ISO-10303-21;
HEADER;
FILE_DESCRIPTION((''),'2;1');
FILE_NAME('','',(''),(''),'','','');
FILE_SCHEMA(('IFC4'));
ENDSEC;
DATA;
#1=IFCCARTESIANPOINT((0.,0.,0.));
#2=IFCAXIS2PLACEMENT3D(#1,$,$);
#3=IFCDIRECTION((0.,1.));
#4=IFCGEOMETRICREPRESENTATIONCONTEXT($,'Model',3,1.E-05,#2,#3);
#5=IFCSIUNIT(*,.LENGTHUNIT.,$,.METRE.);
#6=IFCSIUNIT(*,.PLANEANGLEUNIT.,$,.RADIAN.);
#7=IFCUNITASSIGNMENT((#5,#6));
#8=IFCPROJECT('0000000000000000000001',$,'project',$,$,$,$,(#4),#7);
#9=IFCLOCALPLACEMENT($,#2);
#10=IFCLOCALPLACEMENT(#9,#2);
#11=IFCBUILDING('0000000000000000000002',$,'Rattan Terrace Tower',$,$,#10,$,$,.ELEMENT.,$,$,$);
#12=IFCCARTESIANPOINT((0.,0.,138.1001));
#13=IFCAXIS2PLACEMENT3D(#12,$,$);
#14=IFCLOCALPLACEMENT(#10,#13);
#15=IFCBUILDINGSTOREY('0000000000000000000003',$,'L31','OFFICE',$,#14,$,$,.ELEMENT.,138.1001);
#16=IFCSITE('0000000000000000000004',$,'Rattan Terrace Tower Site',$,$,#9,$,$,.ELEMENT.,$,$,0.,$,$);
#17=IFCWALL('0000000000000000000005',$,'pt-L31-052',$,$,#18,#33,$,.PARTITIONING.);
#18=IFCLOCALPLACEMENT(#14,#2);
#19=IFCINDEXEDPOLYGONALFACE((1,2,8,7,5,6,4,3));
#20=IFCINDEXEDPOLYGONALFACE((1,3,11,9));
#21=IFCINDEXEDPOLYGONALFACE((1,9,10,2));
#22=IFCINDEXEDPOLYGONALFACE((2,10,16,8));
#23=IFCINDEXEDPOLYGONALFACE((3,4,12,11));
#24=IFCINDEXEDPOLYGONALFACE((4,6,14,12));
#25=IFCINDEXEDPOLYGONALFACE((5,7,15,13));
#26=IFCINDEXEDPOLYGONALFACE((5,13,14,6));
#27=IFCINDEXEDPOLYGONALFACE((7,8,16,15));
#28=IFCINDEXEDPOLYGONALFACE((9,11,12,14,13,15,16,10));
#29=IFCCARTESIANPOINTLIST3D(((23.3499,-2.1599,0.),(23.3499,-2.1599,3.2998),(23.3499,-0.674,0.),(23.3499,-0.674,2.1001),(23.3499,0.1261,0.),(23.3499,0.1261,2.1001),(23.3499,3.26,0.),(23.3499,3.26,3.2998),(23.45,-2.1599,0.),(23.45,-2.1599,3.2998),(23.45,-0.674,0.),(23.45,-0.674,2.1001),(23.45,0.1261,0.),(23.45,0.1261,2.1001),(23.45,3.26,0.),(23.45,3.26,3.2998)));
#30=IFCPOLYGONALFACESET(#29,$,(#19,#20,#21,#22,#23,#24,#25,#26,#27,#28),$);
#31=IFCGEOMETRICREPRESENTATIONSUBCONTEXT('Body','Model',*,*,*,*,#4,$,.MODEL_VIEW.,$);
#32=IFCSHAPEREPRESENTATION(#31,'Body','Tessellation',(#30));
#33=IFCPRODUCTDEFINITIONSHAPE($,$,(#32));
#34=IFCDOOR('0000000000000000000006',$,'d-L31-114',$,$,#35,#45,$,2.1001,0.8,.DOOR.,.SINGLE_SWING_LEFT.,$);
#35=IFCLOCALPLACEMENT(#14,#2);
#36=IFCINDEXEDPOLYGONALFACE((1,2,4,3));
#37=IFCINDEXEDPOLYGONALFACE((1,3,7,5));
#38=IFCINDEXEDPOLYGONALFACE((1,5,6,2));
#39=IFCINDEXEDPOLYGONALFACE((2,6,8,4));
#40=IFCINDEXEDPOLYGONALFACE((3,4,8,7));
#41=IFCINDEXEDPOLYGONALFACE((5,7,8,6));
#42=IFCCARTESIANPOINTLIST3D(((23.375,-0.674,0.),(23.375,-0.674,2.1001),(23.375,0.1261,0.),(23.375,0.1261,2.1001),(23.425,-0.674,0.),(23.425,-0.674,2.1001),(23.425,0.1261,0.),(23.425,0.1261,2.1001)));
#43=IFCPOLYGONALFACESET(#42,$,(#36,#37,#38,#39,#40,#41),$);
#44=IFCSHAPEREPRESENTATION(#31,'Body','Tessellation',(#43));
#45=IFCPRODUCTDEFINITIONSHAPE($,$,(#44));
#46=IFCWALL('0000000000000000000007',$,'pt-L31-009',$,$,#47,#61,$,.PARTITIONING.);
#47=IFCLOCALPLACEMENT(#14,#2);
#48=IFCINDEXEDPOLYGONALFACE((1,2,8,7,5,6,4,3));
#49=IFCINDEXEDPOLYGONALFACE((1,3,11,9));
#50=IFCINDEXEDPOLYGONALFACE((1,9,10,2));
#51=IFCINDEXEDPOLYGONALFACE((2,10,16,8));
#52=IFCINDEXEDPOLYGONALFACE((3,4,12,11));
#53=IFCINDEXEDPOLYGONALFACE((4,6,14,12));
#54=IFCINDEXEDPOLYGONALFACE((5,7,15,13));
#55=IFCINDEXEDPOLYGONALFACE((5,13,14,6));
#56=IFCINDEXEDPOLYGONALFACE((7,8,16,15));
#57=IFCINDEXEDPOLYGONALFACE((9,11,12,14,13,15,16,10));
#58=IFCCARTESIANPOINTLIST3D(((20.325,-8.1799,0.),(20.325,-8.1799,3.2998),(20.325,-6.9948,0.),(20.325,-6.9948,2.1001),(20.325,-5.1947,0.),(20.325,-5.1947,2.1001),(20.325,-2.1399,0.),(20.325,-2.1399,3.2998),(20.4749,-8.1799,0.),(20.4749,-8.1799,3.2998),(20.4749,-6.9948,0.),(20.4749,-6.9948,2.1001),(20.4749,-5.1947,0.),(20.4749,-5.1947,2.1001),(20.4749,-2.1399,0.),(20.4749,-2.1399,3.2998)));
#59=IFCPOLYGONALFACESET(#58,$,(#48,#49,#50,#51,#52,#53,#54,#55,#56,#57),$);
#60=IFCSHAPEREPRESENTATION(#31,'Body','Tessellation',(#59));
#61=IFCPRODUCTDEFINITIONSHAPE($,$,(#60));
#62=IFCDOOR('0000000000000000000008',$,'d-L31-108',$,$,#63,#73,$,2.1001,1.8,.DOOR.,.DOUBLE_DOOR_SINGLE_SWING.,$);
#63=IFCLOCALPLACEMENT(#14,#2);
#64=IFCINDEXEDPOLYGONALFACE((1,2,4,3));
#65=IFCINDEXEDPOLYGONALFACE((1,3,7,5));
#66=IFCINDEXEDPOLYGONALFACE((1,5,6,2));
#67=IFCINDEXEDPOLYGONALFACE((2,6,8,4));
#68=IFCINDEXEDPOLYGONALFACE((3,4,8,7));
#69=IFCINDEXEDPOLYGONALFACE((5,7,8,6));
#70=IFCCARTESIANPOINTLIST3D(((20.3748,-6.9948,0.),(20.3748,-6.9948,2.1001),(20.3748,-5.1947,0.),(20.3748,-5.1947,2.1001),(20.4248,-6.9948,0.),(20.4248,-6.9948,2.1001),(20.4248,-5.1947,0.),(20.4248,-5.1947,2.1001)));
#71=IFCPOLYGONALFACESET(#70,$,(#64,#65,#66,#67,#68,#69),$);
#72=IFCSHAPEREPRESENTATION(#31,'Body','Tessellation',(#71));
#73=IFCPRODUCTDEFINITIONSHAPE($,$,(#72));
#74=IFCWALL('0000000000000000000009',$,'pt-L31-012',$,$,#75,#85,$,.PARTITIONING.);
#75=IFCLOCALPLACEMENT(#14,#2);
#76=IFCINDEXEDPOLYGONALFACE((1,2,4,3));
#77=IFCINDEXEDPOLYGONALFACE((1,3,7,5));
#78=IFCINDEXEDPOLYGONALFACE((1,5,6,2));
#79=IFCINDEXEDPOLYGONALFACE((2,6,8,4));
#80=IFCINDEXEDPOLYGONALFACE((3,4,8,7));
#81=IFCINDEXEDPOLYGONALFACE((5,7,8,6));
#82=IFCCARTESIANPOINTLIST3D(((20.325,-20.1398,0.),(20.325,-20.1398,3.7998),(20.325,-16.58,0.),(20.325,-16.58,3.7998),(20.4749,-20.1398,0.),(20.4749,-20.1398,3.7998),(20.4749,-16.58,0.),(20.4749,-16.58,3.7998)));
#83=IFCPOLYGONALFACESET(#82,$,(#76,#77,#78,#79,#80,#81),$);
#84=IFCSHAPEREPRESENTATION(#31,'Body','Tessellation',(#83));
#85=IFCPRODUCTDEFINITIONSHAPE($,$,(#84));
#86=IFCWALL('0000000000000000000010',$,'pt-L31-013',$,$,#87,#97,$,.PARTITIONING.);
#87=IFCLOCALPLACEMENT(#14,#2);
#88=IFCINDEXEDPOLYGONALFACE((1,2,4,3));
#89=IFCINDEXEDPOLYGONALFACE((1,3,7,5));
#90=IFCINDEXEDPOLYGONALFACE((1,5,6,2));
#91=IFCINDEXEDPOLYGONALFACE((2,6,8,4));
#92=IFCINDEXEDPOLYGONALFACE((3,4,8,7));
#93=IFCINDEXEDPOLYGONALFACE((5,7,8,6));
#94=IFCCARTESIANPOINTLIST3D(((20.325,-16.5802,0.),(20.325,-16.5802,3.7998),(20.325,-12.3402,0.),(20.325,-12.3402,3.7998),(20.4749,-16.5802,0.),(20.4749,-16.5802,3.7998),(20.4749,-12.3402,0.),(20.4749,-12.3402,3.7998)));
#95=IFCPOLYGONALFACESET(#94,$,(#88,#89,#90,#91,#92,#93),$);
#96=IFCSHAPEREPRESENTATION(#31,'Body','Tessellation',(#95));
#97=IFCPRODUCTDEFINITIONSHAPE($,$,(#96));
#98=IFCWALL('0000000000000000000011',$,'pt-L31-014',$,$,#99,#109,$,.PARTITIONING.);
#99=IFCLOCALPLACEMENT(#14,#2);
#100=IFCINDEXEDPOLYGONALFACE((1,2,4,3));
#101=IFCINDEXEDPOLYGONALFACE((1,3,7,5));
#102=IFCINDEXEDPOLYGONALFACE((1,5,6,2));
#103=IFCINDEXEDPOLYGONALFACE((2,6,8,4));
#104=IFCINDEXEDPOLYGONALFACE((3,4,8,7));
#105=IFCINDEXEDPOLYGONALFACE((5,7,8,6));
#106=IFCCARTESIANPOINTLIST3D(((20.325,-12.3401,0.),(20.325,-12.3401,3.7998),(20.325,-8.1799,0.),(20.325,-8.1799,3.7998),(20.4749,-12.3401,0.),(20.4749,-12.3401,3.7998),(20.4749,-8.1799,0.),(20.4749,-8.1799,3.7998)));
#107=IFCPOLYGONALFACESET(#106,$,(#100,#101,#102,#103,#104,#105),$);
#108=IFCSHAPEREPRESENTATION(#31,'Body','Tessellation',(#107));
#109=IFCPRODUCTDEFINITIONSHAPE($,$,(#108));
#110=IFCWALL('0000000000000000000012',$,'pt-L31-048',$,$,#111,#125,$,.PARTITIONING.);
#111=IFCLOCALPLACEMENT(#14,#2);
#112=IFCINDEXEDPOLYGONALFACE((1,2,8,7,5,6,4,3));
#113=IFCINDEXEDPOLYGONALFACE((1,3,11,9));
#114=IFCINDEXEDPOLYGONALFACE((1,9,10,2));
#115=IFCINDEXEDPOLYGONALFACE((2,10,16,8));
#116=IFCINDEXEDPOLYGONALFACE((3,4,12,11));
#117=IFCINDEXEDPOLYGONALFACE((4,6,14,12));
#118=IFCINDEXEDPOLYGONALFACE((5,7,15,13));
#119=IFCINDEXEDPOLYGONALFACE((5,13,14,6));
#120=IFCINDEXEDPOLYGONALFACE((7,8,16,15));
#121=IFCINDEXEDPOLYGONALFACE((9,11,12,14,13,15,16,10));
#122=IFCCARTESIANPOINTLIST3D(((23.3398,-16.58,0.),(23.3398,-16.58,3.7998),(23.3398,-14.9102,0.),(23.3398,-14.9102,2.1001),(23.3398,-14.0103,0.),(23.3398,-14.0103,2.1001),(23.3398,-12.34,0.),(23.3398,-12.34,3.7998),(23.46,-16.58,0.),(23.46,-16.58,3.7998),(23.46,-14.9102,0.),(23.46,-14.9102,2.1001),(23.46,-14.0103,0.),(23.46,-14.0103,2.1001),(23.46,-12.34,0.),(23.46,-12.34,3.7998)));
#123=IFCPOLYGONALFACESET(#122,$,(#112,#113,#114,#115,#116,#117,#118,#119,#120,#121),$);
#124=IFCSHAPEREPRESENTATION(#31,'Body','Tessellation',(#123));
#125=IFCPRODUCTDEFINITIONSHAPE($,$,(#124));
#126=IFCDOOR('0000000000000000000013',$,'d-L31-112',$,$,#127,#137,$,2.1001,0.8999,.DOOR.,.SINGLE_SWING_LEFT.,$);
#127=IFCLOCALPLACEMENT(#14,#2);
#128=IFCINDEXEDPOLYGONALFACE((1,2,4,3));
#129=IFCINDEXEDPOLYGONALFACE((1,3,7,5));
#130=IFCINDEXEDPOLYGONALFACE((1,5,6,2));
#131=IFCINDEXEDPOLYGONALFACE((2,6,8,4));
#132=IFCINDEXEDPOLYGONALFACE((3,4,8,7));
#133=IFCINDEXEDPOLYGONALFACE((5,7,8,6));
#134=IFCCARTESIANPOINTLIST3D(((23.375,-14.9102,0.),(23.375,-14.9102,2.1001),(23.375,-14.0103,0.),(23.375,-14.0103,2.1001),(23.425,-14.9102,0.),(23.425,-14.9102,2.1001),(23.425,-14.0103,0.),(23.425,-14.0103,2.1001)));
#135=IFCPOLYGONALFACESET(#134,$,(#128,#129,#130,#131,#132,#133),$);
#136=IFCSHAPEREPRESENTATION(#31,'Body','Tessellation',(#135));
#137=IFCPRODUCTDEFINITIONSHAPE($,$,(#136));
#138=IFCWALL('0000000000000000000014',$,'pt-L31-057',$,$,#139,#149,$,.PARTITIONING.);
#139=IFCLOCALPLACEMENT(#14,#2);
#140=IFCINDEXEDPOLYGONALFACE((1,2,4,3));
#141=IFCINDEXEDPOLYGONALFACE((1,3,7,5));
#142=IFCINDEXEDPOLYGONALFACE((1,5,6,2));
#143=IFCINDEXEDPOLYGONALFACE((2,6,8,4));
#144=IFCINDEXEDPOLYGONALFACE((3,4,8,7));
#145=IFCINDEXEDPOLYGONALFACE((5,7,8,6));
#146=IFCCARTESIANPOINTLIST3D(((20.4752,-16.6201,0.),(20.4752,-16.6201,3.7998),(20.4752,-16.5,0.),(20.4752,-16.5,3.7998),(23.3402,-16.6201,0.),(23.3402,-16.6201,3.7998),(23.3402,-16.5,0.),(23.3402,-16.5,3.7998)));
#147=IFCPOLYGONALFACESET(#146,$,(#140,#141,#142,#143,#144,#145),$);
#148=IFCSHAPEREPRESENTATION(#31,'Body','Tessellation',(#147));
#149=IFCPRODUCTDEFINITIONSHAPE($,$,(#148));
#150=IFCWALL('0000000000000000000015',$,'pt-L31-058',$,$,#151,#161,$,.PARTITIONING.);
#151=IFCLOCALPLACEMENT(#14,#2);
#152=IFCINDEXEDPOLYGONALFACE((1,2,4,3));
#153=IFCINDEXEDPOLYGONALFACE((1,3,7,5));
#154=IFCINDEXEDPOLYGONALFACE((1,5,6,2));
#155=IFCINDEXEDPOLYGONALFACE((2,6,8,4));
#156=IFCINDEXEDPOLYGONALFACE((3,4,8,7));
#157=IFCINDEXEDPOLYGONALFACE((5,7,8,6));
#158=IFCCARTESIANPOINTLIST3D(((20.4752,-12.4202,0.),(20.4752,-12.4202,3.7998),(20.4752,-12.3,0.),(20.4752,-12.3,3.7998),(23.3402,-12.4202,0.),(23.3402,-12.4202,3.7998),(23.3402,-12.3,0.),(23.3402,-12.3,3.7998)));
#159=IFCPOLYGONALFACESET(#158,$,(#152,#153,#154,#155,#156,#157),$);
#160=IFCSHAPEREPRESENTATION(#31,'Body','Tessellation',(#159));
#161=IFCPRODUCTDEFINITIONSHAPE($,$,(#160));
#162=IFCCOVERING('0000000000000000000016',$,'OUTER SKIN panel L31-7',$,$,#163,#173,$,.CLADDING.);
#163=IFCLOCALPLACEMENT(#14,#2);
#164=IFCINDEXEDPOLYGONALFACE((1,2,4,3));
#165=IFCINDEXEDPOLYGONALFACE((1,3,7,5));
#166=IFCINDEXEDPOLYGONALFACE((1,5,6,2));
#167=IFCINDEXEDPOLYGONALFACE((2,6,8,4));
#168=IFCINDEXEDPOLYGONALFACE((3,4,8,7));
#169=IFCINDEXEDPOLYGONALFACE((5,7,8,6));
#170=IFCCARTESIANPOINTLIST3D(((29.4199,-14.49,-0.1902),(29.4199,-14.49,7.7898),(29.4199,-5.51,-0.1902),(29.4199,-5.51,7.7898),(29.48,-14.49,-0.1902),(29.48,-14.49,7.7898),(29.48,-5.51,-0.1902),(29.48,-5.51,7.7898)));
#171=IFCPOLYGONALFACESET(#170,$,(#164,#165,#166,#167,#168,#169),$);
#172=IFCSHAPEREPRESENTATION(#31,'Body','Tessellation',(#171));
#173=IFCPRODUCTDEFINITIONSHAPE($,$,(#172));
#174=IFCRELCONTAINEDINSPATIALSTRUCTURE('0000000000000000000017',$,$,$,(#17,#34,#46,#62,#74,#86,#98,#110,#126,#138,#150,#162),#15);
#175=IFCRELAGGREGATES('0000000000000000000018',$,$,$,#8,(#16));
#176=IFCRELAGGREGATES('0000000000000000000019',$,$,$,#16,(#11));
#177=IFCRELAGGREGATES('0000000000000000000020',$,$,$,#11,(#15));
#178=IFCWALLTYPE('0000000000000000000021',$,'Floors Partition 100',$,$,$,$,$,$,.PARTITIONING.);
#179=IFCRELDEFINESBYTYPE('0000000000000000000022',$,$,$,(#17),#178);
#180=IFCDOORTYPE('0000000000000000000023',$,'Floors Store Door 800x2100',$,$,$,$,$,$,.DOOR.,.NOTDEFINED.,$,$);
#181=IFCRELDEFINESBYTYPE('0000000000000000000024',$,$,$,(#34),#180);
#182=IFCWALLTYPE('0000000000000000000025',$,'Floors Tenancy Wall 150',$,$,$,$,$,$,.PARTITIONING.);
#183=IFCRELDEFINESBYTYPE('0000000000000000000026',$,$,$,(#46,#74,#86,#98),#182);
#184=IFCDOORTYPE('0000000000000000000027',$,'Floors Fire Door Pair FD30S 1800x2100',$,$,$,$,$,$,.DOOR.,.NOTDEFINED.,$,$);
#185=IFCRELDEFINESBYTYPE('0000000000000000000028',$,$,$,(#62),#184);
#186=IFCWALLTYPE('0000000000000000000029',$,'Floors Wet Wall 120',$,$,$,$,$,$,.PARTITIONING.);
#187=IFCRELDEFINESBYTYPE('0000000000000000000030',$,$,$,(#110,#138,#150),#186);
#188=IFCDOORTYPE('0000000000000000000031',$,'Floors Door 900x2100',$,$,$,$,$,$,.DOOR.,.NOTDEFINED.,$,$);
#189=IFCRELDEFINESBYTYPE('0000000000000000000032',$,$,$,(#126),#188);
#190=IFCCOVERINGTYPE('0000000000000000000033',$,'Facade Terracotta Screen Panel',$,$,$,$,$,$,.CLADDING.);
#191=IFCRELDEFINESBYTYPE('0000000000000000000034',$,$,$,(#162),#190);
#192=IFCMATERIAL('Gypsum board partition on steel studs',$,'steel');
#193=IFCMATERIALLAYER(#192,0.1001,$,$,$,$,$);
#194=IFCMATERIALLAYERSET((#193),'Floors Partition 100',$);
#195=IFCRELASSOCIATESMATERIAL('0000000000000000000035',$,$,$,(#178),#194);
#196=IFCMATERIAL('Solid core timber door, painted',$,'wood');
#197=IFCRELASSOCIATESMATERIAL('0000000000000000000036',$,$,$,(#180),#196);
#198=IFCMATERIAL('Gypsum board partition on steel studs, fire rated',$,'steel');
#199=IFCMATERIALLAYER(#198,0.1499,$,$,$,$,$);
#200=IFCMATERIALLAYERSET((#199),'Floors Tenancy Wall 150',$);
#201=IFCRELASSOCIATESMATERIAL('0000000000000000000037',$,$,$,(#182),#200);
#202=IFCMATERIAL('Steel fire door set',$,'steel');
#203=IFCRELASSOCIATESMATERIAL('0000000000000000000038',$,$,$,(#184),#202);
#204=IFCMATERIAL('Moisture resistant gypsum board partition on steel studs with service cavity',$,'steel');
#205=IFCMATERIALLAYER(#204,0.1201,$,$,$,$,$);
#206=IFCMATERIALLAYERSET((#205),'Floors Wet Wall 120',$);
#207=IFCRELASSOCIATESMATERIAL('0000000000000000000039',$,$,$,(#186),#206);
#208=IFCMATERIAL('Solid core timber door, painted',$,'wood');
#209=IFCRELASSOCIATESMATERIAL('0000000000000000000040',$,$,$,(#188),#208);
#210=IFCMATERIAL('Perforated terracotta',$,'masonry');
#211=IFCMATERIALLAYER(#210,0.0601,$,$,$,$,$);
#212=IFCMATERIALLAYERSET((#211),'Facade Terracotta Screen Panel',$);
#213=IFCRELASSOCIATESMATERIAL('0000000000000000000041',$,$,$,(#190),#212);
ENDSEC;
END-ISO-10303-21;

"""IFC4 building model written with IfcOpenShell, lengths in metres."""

from ifc_helpers import new_model, si_unit, direction, frame, frame_2d, origin, origin_2d, place, context, subcontext, project, spatial, rectangle, extrude, material, layer, layer_set, type_object, element, fill, save


model = new_model("IFC4")

# Units and contexts
model_context = context("Model", 3, precision=1e-05, world=origin(), true_north=direction((0.0, 1.0)))
body_context = subcontext(model_context, "Body", "Model", "MODEL_VIEW")
ifc_project = project(units=[si_unit("LENGTHUNIT", "METRE"), si_unit("PLANEANGLEUNIT", "RADIAN")], contexts=[model_context])

# Site, building, storey
site_placement = place(None, origin())
site = spatial("IfcSite", under=ifc_project, at=site_placement, Name="Rattan Terrace Tower Site", CompositionType="ELEMENT", RefElevation=0.0)
building_placement = place(site_placement, origin())
building = spatial("IfcBuilding", under=site, at=building_placement, Name="Rattan Terrace Tower", CompositionType="ELEMENT")
storey_placement = place(building_placement, frame((0.0, 0.0, 138.1001)))
storey = spatial("IfcBuildingStorey", under=building, at=storey_placement, Name="L31", Description="OFFICE", CompositionType="ELEMENT", Elevation=138.1001)

# Shared definitions
ifc_material_1 = material(Name="Gypsum board partition on steel studs", Category="steel")
ifc_layer_1 = layer(ifc_material_1, 0.1001)
ifc_layer_set_1 = layer_set([ifc_layer_1], Name="Floors Partition 100")
wall_type_1 = type_object("IfcWallType", Name="Floors Partition 100", PredefinedType="PARTITIONING", material=ifc_layer_set_1)

# Shared definitions
ifc_material_2 = material(Name="Solid core timber door, painted", Category="wood")
door_type_1 = type_object("IfcDoorType", Name="Floors Store Door 800x2100", OperationType="NOTDEFINED", PredefinedType="DOOR", material=ifc_material_2)

# Walls, openings, doors
wall_1_placement = place(storey_placement, frame((23.3999, -2.1599, 0.0), z_axis=(0.0, 0.0, 1.0), x_axis=(0.0, 1.0, 0.0)))
wall_1 = element("IfcWall", 1, at=wall_1_placement, inside=storey, type_object=wall_type_1, Name="pt-L31-052", PredefinedType="PARTITIONING", context=body_context, shape_type="SweptSolid", body=[
    extrude(rectangle(XDim=5.4199, YDim=0.1001, at=frame_2d((2.71, 0.0))), origin(), (0.0, 0.0, 1.0), 3.2998),
])
opening_1_placement = place(wall_1_placement, frame((1.4861, 0.0, 0.0)))
opening_1 = element("IfcOpeningElement", 2, at=opening_1_placement, cuts=wall_1, PredefinedType="OPENING", context=body_context, shape_type="SweptSolid", body=[
    extrude(rectangle(XDim=0.8, YDim=2.1001, at=frame_2d((0.3999, 1.05))), frame((0.0, 0.0605, 0.0), z_axis=(0.0, -1.0, 0.0), x_axis=(1.0, 0.0, 0.0)), (0.0, 0.0, 1.0), 0.1211),
])
door_1_placement = place(opening_1_placement, origin())
door_1 = element("IfcDoor", 3, at=door_1_placement, inside=storey, type_object=door_type_1, Name="d-L31-114", OperationType="SINGLE_SWING_LEFT", OverallHeight=2.1001, OverallWidth=0.8, PredefinedType="DOOR", context=body_context, shape_type="SweptSolid", body=[
    extrude(rectangle(XDim=0.8, YDim=2.1001, at=frame_2d((0.3999, 1.05))), frame((0.0, 0.0249, 0.0), z_axis=(0.0, -1.0, 0.0), x_axis=(1.0, 0.0, 0.0)), (0.0, 0.0, 1.0), 0.05),
])
fill(opening_1, door_1)
ifc_material_3 = material(Name="Gypsum board partition on steel studs, fire rated", Category="steel")
ifc_layer_2 = layer(ifc_material_3, 0.1499)
ifc_layer_set_2 = layer_set([ifc_layer_2], Name="Floors Tenancy Wall 150")
wall_type_2 = type_object("IfcWallType", Name="Floors Tenancy Wall 150", PredefinedType="PARTITIONING", material=ifc_layer_set_2)
wall_2_placement = place(storey_placement, frame((20.3999, -2.1399, 0.0), z_axis=(0.0, 0.0, 1.0), x_axis=(0.0, -1.0, 0.0)))
wall_2 = element("IfcWall", 4, at=wall_2_placement, inside=storey, type_object=wall_type_2, Name="pt-L31-009", PredefinedType="PARTITIONING", context=body_context, shape_type="SweptSolid", body=[
    extrude(rectangle(XDim=6.04, YDim=0.1499, at=frame_2d((3.02, 0.0))), origin(), (0.0, 0.0, 1.0), 3.2998),
])
opening_2_placement = place(wall_2_placement, frame((3.0549, 0.0, 0.0)))
opening_2 = element("IfcOpeningElement", 5, at=opening_2_placement, cuts=wall_2, PredefinedType="OPENING", context=body_context, shape_type="SweptSolid", body=[
    extrude(rectangle(XDim=1.8, YDim=2.1001, at=frame_2d((0.8999, 1.05))), frame((0.0, 0.0854, 0.0), z_axis=(0.0, -1.0, 0.0), x_axis=(1.0, 0.0, 0.0)), (0.0, 0.0, 1.0), 0.1709),
])
ifc_material_4 = material(Name="Steel fire door set", Category="steel")
door_type_2 = type_object("IfcDoorType", Name="Floors Fire Door Pair FD30S 1800x2100", OperationType="NOTDEFINED", PredefinedType="DOOR", material=ifc_material_4)
door_2_placement = place(opening_2_placement, origin())
door_2 = element("IfcDoor", 6, at=door_2_placement, inside=storey, type_object=door_type_2, Name="d-L31-108", OperationType="DOUBLE_DOOR_SINGLE_SWING", OverallHeight=2.1001, OverallWidth=1.8, PredefinedType="DOOR", context=body_context, shape_type="SweptSolid", body=[
    extrude(rectangle(XDim=1.8, YDim=2.1001, at=frame_2d((0.8999, 1.05))), frame((0.0, 0.0249, 0.0), z_axis=(0.0, -1.0, 0.0), x_axis=(1.0, 0.0, 0.0)), (0.0, 0.0, 1.0), 0.05),
])
fill(opening_2, door_2)

# Walls
wall_3_placement = place(storey_placement, frame((20.3999, -16.5801, 0.0), z_axis=(0.0, 0.0, 1.0), x_axis=(0.0, -1.0, 0.0)))
element("IfcWall", 7, at=wall_3_placement, inside=storey, type_object=wall_type_2, Name="pt-L31-012", PredefinedType="PARTITIONING", context=body_context, shape_type="SweptSolid", body=[
    extrude(rectangle(XDim=3.5598, YDim=0.1499, at=frame_2d((1.7798, 0.0))), origin(), (0.0, 0.0, 1.0), 3.7998),
])
wall_4_placement = place(storey_placement, frame((20.3999, -12.3401, 0.0), z_axis=(0.0, 0.0, 1.0), x_axis=(0.0, -1.0, 0.0)))
element("IfcWall", 8, at=wall_4_placement, inside=storey, type_object=wall_type_2, Name="pt-L31-013", PredefinedType="PARTITIONING", context=body_context, shape_type="SweptSolid", body=[
    extrude(rectangle(XDim=4.24, YDim=0.1499, at=frame_2d((2.1201, 0.0))), origin(), (0.0, 0.0, 1.0), 3.7998),
])
wall_5_placement = place(storey_placement, frame((20.3999, -8.1799, 0.0), z_axis=(0.0, 0.0, 1.0), x_axis=(0.0, -1.0, 0.0)))
element("IfcWall", 9, at=wall_5_placement, inside=storey, type_object=wall_type_2, Name="pt-L31-014", PredefinedType="PARTITIONING", context=body_context, shape_type="SweptSolid", body=[
    extrude(rectangle(XDim=4.1602, YDim=0.1499, at=frame_2d((2.0801, 0.0))), origin(), (0.0, 0.0, 1.0), 3.7998),
])

# Wall, opening, door
ifc_material_5 = material(Name="Moisture resistant gypsum board partition on steel studs with service cavity", Category="steel")
ifc_layer_3 = layer(ifc_material_5, 0.1201)
ifc_layer_set_3 = layer_set([ifc_layer_3], Name="Floors Wet Wall 120")
wall_type_3 = type_object("IfcWallType", Name="Floors Wet Wall 120", PredefinedType="PARTITIONING", material=ifc_layer_set_3)
wall_6_placement = place(storey_placement, frame((23.3999, -16.5801, 0.0), z_axis=(0.0, 0.0, 1.0), x_axis=(0.0, 1.0, 0.0)))
wall_6 = element("IfcWall", 10, at=wall_6_placement, inside=storey, type_object=wall_type_3, Name="pt-L31-048", PredefinedType="PARTITIONING", context=body_context, shape_type="SweptSolid", body=[
    extrude(rectangle(XDim=4.24, YDim=0.1201, at=frame_2d((2.1201, 0.0))), origin(), (0.0, 0.0, 1.0), 3.7998),
])
opening_3_placement = place(wall_6_placement, frame((1.6699, 0.0, 0.0)))
opening_3 = element("IfcOpeningElement", 11, at=opening_3_placement, cuts=wall_6, PredefinedType="OPENING", context=body_context, shape_type="SweptSolid", body=[
    extrude(rectangle(XDim=0.8999, YDim=2.1001, at=frame_2d((0.45, 1.05))), frame((0.0, 0.0706, 0.0), z_axis=(0.0, -1.0, 0.0), x_axis=(1.0, 0.0, 0.0)), (0.0, 0.0, 1.0), 0.1411),
])
ifc_material_6 = material(Name="Solid core timber door, painted", Category="wood")
door_type_3 = type_object("IfcDoorType", Name="Floors Door 900x2100", OperationType="NOTDEFINED", PredefinedType="DOOR", material=ifc_material_6)
door_3_placement = place(opening_3_placement, origin())
door_3 = element("IfcDoor", 12, at=door_3_placement, inside=storey, type_object=door_type_3, Name="d-L31-112", OperationType="SINGLE_SWING_LEFT", OverallHeight=2.1001, OverallWidth=0.8999, PredefinedType="DOOR", context=body_context, shape_type="SweptSolid", body=[
    extrude(rectangle(XDim=0.8999, YDim=2.1001, at=frame_2d((0.45, 1.05))), frame((0.0, 0.0249, 0.0), z_axis=(0.0, -1.0, 0.0), x_axis=(1.0, 0.0, 0.0)), (0.0, 0.0, 1.0), 0.05),
])
fill(opening_3, door_3)

# Walls
for number, where, z_axis, x_axis, name in (
    (13, (20.4751, -16.5601, 0.0), (0.0, 0.0, 1.0), (1.0, 0.0, 0.0), "pt-L31-057"),
    (14, (20.4751, -12.3601, 0.0), (0.0, 0.0, 1.0), (1.0, 0.0, 0.0), "pt-L31-058"),
):
    element("IfcWall", number, at=place(storey_placement, frame(where, z_axis=z_axis, x_axis=x_axis)), inside=storey, type_object=wall_type_3, Name=name, PredefinedType="PARTITIONING", context=body_context, shape_type="SweptSolid", body=[
        extrude(rectangle(XDim=2.865, YDim=0.1201, at=frame_2d((1.4326, 0.0))), origin(), (0.0, 0.0, 1.0), 3.7998),
    ])

# Covering
ifc_material_7 = material(Name="Perforated terracotta", Category="masonry")
ifc_layer_4 = layer(ifc_material_7, 0.0601)
ifc_layer_set_4 = layer_set([ifc_layer_4], Name="Facade Terracotta Screen Panel")
covering_type = type_object("IfcCoveringType", Name="Facade Terracotta Screen Panel", PredefinedType="CLADDING", material=ifc_layer_set_4)
covering_placement = place(storey_placement, frame((29.45, -10.0, -0.1902), z_axis=(0.0, 0.0, 1.0), x_axis=(0.0, 1.0, 0.0)))
element("IfcCovering", 15, at=covering_placement, inside=storey, type_object=covering_type, Name="OUTER SKIN panel L31-7", PredefinedType="CLADDING", context=body_context, shape_type="SweptSolid", body=[
    extrude(rectangle(XDim=8.98, YDim=0.0601, at=origin_2d()), origin(), (0.0, 0.0, 1.0), 7.98),
])

save(model, "model.ifc")
